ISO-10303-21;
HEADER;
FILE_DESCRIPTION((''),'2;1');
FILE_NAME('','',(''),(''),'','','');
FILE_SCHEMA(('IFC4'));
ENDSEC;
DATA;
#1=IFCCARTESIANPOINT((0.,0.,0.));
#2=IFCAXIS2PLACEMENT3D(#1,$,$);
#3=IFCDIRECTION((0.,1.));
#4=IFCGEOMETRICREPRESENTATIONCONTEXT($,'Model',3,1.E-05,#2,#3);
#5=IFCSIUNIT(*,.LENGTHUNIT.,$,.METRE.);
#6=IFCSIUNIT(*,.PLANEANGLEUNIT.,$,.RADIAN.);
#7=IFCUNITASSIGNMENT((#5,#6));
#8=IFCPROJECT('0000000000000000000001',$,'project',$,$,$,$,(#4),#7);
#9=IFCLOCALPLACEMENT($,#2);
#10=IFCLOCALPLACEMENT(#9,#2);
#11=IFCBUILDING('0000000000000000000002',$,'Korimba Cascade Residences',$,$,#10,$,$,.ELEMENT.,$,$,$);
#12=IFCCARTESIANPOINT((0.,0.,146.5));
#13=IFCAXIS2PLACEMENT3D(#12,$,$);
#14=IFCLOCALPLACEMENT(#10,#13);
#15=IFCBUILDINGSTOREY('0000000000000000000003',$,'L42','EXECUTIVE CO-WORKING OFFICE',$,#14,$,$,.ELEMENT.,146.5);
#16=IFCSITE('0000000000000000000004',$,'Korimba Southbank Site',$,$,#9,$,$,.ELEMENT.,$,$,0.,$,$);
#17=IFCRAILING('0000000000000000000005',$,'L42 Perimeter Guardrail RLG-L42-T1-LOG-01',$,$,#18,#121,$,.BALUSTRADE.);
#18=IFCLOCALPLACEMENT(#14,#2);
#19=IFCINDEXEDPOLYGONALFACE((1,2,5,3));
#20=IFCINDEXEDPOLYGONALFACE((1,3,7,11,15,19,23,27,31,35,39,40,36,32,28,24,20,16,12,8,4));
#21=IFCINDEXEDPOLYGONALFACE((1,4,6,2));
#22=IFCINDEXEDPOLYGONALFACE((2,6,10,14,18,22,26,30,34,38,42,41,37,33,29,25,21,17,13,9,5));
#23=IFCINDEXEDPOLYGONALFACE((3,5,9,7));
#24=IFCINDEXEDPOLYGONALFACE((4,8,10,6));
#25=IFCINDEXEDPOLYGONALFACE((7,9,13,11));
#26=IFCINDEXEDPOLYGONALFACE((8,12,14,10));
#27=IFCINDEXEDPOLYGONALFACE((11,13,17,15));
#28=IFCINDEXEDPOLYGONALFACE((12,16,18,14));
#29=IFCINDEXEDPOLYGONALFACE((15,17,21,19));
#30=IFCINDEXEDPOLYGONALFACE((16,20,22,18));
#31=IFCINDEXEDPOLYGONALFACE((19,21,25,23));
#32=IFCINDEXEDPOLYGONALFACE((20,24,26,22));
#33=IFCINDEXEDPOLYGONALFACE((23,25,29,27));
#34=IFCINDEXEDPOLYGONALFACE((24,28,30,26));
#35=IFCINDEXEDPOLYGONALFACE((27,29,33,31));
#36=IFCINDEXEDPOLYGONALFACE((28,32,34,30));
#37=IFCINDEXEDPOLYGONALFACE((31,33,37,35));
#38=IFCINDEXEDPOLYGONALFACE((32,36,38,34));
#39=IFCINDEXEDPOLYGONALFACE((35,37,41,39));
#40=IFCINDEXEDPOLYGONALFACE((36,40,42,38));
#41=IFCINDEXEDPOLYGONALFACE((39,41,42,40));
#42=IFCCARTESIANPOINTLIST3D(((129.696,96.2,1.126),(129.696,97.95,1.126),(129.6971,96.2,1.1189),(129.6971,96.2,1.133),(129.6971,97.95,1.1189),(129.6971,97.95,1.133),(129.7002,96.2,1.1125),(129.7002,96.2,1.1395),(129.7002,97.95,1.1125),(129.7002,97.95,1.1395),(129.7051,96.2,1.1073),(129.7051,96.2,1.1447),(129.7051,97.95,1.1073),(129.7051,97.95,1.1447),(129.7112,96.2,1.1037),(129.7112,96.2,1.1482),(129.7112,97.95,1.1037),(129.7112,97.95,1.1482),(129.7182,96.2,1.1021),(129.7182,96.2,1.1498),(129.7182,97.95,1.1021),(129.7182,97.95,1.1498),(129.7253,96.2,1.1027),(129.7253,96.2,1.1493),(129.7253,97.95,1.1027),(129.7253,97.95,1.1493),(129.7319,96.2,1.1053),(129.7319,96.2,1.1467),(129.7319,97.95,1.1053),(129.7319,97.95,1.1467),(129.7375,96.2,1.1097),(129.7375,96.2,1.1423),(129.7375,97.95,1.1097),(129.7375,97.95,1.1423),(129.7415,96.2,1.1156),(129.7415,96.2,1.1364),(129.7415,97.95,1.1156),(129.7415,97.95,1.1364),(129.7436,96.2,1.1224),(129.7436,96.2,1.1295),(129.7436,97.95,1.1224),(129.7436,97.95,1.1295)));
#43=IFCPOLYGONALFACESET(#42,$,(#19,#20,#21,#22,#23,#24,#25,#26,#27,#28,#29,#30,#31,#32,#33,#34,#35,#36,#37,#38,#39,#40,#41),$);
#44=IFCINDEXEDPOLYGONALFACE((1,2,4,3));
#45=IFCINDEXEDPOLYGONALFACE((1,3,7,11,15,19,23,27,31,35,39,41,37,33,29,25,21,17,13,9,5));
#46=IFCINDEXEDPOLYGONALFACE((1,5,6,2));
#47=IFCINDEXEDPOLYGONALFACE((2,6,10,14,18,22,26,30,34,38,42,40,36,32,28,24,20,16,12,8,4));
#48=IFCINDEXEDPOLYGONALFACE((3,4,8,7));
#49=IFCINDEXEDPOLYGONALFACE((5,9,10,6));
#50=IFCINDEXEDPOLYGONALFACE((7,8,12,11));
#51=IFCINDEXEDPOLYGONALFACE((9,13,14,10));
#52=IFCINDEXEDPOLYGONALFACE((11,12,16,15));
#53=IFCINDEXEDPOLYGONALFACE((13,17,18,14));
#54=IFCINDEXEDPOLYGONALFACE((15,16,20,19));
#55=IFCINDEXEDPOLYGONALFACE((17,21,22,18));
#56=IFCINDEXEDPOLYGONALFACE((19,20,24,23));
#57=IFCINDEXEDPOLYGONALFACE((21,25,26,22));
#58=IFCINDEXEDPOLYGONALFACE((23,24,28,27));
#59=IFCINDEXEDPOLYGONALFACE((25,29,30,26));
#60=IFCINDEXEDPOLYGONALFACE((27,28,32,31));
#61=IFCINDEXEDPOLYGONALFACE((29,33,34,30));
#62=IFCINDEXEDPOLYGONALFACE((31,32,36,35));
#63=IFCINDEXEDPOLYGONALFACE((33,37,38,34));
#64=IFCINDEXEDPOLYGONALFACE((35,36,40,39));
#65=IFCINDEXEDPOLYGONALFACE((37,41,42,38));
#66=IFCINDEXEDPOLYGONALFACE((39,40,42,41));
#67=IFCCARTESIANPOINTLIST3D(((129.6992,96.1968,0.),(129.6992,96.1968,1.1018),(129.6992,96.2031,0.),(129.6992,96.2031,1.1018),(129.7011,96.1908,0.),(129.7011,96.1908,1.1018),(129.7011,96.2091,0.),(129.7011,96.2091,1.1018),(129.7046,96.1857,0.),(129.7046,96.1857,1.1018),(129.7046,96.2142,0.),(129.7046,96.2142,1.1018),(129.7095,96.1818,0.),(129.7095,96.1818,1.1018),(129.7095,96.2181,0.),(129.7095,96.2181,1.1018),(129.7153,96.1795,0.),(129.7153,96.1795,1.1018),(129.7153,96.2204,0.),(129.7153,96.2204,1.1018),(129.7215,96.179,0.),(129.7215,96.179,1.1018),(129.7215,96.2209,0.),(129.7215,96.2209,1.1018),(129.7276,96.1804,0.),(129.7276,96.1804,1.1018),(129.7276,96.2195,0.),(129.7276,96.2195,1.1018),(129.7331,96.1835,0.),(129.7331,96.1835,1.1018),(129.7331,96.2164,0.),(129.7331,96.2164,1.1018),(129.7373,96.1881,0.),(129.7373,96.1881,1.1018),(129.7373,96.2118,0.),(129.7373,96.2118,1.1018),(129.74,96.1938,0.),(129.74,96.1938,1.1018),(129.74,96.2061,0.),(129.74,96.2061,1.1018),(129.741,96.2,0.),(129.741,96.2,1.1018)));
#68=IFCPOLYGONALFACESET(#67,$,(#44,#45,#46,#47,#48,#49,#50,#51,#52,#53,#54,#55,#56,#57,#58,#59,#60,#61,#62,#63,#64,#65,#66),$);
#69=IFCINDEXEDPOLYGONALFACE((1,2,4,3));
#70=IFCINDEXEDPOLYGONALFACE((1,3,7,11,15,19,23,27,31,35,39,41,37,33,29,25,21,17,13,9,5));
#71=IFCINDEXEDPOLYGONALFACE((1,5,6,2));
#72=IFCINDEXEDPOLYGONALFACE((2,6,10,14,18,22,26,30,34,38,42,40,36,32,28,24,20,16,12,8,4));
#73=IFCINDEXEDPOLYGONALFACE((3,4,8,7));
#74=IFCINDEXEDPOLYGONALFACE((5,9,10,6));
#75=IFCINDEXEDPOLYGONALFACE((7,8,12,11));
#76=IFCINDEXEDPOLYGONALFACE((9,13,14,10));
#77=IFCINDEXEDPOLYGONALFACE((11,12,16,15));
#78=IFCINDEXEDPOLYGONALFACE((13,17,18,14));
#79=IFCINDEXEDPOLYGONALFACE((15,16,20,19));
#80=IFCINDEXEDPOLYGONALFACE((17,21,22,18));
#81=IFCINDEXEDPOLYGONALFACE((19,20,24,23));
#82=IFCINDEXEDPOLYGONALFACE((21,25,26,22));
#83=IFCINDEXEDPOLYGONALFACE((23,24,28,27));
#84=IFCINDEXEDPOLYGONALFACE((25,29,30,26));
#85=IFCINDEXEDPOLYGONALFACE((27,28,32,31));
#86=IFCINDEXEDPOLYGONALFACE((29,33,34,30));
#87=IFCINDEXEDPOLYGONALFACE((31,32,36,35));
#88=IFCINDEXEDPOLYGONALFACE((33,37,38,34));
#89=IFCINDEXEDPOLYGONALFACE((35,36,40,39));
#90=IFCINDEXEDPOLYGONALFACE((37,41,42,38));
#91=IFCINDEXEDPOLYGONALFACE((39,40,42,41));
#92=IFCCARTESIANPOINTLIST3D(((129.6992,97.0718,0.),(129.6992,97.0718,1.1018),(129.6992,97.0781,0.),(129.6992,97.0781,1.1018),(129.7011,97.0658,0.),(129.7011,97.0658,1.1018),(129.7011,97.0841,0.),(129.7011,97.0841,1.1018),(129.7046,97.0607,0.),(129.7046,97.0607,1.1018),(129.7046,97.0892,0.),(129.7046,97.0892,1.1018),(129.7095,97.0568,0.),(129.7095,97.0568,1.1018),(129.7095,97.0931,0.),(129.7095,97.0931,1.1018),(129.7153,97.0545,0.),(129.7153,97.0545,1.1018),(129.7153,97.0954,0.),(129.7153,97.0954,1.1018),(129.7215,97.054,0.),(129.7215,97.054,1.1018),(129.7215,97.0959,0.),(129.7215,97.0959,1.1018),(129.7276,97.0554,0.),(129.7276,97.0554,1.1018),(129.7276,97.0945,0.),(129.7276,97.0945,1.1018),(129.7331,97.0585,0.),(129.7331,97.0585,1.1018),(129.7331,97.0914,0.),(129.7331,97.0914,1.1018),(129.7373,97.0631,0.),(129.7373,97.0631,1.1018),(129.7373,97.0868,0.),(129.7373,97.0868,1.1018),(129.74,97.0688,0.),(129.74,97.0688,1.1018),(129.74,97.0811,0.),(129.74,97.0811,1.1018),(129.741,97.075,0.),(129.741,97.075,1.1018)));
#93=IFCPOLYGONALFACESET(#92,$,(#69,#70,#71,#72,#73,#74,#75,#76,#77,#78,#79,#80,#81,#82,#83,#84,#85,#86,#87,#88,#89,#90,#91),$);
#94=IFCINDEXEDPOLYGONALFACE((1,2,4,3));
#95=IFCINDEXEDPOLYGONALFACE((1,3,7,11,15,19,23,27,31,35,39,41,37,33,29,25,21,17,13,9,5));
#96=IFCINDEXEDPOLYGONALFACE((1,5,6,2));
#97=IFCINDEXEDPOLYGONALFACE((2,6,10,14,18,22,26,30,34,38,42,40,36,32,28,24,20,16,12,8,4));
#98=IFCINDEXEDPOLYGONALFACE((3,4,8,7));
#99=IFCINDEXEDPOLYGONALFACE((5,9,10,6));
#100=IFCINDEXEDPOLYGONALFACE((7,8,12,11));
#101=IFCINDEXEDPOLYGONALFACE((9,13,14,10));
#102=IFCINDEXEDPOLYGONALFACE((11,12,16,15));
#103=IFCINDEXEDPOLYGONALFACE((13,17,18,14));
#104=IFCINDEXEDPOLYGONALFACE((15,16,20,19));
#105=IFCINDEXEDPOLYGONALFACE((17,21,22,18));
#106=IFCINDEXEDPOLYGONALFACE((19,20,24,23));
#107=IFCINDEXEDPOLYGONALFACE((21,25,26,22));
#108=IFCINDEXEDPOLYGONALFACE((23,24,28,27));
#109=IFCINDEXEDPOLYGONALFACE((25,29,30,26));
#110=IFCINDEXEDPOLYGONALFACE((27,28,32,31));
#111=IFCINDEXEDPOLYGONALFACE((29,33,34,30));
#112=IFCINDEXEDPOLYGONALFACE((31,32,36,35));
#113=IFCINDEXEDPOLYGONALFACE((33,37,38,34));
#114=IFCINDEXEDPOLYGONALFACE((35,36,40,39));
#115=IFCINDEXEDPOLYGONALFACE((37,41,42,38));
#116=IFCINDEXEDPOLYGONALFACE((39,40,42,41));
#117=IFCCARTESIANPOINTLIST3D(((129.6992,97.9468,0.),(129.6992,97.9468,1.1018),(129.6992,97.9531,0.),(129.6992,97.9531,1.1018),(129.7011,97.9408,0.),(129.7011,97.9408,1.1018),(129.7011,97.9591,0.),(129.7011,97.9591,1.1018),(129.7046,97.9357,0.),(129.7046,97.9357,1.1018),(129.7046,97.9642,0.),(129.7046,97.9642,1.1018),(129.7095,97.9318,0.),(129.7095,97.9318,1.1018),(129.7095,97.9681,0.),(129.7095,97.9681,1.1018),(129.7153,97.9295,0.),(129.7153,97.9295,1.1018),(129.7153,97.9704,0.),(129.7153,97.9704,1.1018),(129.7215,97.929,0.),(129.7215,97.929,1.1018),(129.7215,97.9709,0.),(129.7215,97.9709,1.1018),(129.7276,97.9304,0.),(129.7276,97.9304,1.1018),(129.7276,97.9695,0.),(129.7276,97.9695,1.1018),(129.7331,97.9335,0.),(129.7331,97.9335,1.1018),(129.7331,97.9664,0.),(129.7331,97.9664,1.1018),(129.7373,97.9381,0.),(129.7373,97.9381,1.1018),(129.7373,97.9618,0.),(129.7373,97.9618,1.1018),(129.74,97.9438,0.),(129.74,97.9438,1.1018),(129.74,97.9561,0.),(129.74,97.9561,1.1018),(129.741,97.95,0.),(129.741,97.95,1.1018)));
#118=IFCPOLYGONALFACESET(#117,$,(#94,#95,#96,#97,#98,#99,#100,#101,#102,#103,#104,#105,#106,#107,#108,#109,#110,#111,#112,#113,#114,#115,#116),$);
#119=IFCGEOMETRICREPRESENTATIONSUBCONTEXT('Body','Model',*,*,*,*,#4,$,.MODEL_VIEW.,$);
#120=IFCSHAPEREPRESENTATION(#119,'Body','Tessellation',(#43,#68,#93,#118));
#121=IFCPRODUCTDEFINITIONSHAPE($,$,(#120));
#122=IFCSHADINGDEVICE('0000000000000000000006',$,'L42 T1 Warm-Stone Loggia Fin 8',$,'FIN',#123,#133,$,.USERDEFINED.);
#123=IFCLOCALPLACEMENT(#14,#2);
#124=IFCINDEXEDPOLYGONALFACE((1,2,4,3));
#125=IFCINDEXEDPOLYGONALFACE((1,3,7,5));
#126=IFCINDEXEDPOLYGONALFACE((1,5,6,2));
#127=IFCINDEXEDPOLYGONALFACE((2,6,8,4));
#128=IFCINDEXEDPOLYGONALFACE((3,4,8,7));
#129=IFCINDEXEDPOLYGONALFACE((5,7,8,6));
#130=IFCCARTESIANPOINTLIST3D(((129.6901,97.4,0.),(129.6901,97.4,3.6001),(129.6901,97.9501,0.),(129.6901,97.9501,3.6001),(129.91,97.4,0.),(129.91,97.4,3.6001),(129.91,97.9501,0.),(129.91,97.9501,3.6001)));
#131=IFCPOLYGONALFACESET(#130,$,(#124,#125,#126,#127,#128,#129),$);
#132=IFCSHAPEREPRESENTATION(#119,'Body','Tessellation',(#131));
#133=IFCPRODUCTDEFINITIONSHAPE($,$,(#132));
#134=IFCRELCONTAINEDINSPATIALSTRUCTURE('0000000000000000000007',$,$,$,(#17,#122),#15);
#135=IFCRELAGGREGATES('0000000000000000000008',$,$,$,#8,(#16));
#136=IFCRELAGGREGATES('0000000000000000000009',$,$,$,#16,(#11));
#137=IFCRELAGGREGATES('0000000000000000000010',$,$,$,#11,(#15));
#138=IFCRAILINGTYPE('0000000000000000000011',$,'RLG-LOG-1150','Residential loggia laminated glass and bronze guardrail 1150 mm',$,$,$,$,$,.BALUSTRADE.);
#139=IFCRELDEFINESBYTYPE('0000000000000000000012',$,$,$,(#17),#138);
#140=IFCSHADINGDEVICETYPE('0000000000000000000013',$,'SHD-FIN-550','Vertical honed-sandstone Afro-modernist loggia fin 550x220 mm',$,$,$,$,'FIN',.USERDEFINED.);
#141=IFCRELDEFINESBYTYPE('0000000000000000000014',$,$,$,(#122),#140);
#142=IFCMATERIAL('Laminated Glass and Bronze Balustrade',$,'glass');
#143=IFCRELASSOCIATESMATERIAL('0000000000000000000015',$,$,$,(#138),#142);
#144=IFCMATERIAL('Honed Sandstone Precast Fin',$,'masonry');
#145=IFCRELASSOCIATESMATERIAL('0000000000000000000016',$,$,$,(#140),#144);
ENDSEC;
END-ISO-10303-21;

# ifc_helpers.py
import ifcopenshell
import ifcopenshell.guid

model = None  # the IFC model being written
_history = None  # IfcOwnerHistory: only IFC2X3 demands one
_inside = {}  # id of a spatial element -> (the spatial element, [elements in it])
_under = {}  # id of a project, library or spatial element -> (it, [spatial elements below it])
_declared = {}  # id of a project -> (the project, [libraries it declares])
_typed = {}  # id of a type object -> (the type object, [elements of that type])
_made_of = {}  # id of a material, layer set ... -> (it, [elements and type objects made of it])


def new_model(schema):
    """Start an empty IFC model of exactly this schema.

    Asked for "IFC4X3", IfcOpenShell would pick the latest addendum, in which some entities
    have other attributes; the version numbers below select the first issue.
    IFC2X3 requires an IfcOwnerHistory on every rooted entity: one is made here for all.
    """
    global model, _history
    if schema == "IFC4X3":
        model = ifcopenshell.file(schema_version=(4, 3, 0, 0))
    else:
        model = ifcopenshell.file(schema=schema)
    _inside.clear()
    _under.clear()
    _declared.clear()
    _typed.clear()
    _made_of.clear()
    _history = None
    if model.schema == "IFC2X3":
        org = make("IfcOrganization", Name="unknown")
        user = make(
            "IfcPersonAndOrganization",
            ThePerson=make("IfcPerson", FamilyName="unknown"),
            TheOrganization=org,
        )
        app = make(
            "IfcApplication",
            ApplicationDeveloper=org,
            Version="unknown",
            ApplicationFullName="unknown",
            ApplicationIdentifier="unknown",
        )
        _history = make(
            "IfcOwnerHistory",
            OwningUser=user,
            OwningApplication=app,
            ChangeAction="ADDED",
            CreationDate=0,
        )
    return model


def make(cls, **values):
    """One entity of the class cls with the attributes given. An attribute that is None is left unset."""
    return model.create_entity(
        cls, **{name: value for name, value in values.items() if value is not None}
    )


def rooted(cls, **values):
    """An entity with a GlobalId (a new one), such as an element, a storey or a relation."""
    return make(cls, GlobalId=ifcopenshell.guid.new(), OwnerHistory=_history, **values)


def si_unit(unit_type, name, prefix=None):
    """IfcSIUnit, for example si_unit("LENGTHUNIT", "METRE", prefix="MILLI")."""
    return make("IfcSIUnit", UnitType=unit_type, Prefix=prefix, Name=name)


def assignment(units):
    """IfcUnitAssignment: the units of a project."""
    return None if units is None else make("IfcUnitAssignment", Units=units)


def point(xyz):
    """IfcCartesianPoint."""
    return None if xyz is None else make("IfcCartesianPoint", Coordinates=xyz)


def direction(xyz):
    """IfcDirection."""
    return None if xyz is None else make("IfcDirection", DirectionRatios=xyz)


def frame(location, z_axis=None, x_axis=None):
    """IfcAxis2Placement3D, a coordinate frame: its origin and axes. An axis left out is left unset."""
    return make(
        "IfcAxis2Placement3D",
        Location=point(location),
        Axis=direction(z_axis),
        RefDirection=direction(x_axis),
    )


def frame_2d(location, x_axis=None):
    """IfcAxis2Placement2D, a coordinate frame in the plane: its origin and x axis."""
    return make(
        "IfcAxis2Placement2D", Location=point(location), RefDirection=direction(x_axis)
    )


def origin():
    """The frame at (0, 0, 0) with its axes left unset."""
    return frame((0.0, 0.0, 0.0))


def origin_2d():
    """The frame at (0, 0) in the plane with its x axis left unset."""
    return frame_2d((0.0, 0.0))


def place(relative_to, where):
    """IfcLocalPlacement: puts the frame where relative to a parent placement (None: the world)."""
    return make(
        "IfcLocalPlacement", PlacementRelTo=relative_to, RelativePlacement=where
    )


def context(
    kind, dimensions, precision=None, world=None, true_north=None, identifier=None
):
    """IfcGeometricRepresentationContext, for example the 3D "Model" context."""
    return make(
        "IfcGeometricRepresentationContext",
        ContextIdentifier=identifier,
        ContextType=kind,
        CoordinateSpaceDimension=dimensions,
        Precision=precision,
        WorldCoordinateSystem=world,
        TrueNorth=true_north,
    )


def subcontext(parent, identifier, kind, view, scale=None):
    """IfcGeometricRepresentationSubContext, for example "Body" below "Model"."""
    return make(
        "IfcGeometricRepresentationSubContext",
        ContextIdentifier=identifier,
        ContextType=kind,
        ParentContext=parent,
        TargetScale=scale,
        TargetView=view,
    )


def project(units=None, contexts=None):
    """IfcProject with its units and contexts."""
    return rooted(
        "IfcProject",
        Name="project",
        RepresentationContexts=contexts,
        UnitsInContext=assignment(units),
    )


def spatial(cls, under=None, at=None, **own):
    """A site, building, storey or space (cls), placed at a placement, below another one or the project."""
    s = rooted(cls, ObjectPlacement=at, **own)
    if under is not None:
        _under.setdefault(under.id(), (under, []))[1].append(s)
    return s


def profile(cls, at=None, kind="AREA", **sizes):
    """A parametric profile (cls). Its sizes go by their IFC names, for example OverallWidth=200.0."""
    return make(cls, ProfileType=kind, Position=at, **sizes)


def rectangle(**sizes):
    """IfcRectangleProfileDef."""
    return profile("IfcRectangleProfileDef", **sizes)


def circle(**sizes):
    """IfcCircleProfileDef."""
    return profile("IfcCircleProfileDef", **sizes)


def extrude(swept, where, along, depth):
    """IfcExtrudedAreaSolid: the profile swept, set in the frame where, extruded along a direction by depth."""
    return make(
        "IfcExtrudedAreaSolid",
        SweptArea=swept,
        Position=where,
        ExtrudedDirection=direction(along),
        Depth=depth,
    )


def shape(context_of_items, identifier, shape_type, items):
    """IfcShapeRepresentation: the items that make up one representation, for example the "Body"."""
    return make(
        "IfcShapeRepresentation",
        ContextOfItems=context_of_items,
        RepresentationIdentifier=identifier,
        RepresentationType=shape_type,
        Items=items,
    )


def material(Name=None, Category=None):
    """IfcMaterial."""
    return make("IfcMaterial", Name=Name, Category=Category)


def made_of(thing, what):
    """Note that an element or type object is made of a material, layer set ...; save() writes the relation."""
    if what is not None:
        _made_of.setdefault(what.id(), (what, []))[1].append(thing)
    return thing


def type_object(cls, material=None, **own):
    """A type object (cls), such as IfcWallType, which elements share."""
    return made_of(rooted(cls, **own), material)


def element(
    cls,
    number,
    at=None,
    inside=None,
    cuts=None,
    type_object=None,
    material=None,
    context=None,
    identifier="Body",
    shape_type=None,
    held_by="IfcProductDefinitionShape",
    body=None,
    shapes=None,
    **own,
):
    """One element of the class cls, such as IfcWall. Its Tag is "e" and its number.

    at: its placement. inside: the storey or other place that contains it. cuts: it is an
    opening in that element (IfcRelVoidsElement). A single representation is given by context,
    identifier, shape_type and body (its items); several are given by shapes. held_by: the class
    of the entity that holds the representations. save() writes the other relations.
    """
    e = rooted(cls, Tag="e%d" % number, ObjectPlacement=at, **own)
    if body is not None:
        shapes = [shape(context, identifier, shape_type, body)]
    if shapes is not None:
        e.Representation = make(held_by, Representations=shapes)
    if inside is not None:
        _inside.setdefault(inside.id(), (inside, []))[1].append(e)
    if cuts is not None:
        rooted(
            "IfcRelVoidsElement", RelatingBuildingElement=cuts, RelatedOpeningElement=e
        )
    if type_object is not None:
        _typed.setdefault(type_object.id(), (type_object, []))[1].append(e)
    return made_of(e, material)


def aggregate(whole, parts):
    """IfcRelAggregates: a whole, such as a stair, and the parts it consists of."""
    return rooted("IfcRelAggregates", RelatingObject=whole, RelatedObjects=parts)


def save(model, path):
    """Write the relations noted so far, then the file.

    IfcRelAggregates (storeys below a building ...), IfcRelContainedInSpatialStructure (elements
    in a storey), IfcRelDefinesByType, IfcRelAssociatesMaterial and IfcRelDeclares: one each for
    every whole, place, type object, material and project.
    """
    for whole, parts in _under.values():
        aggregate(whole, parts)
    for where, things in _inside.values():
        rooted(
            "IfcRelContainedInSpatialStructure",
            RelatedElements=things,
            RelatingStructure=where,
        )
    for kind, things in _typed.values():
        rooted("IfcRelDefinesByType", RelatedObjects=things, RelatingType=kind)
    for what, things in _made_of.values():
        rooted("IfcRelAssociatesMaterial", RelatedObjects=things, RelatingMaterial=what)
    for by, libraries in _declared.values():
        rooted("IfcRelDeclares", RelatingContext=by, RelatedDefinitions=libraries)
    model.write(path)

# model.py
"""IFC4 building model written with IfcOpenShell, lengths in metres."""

from ifc_helpers import new_model, si_unit, direction, frame, origin, origin_2d, place, context, subcontext, project, spatial, rectangle, circle, extrude, material, type_object, element, save


model = new_model("IFC4")

# Units and contexts
model_context = context("Model", 3, precision=1e-05, world=origin(), true_north=direction((0.0, 1.0)))
body_context = subcontext(model_context, "Body", "Model", "MODEL_VIEW")
ifc_project = project(units=[si_unit("LENGTHUNIT", "METRE"), si_unit("PLANEANGLEUNIT", "RADIAN")], contexts=[model_context])

# Site, building, storey
site_placement = place(None, origin())
site = spatial("IfcSite", under=ifc_project, at=site_placement, Name="Korimba Southbank Site", CompositionType="ELEMENT", RefElevation=0.0)
building_placement = place(site_placement, origin())
building = spatial("IfcBuilding", under=site, at=building_placement, Name="Korimba Cascade Residences", CompositionType="ELEMENT")
storey_placement = place(building_placement, frame((0.0, 0.0, 146.5)))
storey = spatial("IfcBuildingStorey", under=building, at=storey_placement, Name="L42", Description="EXECUTIVE CO-WORKING OFFICE", CompositionType="ELEMENT", Elevation=146.5)

# Railing
ifc_material_1 = material(Name="Laminated Glass and Bronze Balustrade", Category="glass")
railing_type = type_object("IfcRailingType", Name="RLG-LOG-1150", Description="Residential loggia laminated glass and bronze guardrail 1150 mm", PredefinedType="BALUSTRADE", material=ifc_material_1)
railing_1_placement = place(storey_placement, frame((129.72, 96.2, 0.0)))
element("IfcRailing", 1, at=railing_1_placement, inside=storey, type_object=railing_type, Name="L42 Perimeter Guardrail RLG-L42-T1-LOG-01", PredefinedType="BALUSTRADE", context=body_context, shape_type="SweptSolid", body=[
    extrude(circle(Radius=0.0239, at=origin_2d()), frame((0.0, 0.0, 1.126), z_axis=(0.0, 1.0, 0.0), x_axis=(-1.0, 0.0, 0.0)), (0.0, 0.0, 1.0), 1.75),
    extrude(circle(Radius=0.021, at=origin_2d()), origin(), (0.0, 0.0, 1.0), 1.1018),
    extrude(circle(Radius=0.021, at=origin_2d()), frame((0.0, 0.875, 0.0)), (0.0, 0.0, 1.0), 1.1018),
    extrude(circle(Radius=0.021, at=origin_2d()), frame((0.0, 1.75, 0.0)), (0.0, 0.0, 1.0), 1.1018),
])

# Shading device
ifc_material_2 = material(Name="Honed Sandstone Precast Fin", Category="masonry")
shading_device_type = type_object("IfcShadingDeviceType", Name="SHD-FIN-550", Description="Vertical honed-sandstone Afro-modernist loggia fin 550x220 mm", ElementType="FIN", PredefinedType="USERDEFINED", material=ifc_material_2)
shading_device_placement = place(storey_placement, frame((129.8, 97.675, 0.0), z_axis=(0.0, 0.0, 1.0), x_axis=(1.0, 0.0, 0.0)))
element("IfcShadingDevice", 2, at=shading_device_placement, inside=storey, type_object=shading_device_type, Name="L42 T1 Warm-Stone Loggia Fin 8", ObjectType="FIN", PredefinedType="USERDEFINED", context=body_context, shape_type="SweptSolid", body=[
    extrude(rectangle(XDim=0.22, YDim=0.55, at=origin_2d()), origin(), (0.0, 0.0, 1.0), 3.6001),
])

save(model, "model.ifc")
